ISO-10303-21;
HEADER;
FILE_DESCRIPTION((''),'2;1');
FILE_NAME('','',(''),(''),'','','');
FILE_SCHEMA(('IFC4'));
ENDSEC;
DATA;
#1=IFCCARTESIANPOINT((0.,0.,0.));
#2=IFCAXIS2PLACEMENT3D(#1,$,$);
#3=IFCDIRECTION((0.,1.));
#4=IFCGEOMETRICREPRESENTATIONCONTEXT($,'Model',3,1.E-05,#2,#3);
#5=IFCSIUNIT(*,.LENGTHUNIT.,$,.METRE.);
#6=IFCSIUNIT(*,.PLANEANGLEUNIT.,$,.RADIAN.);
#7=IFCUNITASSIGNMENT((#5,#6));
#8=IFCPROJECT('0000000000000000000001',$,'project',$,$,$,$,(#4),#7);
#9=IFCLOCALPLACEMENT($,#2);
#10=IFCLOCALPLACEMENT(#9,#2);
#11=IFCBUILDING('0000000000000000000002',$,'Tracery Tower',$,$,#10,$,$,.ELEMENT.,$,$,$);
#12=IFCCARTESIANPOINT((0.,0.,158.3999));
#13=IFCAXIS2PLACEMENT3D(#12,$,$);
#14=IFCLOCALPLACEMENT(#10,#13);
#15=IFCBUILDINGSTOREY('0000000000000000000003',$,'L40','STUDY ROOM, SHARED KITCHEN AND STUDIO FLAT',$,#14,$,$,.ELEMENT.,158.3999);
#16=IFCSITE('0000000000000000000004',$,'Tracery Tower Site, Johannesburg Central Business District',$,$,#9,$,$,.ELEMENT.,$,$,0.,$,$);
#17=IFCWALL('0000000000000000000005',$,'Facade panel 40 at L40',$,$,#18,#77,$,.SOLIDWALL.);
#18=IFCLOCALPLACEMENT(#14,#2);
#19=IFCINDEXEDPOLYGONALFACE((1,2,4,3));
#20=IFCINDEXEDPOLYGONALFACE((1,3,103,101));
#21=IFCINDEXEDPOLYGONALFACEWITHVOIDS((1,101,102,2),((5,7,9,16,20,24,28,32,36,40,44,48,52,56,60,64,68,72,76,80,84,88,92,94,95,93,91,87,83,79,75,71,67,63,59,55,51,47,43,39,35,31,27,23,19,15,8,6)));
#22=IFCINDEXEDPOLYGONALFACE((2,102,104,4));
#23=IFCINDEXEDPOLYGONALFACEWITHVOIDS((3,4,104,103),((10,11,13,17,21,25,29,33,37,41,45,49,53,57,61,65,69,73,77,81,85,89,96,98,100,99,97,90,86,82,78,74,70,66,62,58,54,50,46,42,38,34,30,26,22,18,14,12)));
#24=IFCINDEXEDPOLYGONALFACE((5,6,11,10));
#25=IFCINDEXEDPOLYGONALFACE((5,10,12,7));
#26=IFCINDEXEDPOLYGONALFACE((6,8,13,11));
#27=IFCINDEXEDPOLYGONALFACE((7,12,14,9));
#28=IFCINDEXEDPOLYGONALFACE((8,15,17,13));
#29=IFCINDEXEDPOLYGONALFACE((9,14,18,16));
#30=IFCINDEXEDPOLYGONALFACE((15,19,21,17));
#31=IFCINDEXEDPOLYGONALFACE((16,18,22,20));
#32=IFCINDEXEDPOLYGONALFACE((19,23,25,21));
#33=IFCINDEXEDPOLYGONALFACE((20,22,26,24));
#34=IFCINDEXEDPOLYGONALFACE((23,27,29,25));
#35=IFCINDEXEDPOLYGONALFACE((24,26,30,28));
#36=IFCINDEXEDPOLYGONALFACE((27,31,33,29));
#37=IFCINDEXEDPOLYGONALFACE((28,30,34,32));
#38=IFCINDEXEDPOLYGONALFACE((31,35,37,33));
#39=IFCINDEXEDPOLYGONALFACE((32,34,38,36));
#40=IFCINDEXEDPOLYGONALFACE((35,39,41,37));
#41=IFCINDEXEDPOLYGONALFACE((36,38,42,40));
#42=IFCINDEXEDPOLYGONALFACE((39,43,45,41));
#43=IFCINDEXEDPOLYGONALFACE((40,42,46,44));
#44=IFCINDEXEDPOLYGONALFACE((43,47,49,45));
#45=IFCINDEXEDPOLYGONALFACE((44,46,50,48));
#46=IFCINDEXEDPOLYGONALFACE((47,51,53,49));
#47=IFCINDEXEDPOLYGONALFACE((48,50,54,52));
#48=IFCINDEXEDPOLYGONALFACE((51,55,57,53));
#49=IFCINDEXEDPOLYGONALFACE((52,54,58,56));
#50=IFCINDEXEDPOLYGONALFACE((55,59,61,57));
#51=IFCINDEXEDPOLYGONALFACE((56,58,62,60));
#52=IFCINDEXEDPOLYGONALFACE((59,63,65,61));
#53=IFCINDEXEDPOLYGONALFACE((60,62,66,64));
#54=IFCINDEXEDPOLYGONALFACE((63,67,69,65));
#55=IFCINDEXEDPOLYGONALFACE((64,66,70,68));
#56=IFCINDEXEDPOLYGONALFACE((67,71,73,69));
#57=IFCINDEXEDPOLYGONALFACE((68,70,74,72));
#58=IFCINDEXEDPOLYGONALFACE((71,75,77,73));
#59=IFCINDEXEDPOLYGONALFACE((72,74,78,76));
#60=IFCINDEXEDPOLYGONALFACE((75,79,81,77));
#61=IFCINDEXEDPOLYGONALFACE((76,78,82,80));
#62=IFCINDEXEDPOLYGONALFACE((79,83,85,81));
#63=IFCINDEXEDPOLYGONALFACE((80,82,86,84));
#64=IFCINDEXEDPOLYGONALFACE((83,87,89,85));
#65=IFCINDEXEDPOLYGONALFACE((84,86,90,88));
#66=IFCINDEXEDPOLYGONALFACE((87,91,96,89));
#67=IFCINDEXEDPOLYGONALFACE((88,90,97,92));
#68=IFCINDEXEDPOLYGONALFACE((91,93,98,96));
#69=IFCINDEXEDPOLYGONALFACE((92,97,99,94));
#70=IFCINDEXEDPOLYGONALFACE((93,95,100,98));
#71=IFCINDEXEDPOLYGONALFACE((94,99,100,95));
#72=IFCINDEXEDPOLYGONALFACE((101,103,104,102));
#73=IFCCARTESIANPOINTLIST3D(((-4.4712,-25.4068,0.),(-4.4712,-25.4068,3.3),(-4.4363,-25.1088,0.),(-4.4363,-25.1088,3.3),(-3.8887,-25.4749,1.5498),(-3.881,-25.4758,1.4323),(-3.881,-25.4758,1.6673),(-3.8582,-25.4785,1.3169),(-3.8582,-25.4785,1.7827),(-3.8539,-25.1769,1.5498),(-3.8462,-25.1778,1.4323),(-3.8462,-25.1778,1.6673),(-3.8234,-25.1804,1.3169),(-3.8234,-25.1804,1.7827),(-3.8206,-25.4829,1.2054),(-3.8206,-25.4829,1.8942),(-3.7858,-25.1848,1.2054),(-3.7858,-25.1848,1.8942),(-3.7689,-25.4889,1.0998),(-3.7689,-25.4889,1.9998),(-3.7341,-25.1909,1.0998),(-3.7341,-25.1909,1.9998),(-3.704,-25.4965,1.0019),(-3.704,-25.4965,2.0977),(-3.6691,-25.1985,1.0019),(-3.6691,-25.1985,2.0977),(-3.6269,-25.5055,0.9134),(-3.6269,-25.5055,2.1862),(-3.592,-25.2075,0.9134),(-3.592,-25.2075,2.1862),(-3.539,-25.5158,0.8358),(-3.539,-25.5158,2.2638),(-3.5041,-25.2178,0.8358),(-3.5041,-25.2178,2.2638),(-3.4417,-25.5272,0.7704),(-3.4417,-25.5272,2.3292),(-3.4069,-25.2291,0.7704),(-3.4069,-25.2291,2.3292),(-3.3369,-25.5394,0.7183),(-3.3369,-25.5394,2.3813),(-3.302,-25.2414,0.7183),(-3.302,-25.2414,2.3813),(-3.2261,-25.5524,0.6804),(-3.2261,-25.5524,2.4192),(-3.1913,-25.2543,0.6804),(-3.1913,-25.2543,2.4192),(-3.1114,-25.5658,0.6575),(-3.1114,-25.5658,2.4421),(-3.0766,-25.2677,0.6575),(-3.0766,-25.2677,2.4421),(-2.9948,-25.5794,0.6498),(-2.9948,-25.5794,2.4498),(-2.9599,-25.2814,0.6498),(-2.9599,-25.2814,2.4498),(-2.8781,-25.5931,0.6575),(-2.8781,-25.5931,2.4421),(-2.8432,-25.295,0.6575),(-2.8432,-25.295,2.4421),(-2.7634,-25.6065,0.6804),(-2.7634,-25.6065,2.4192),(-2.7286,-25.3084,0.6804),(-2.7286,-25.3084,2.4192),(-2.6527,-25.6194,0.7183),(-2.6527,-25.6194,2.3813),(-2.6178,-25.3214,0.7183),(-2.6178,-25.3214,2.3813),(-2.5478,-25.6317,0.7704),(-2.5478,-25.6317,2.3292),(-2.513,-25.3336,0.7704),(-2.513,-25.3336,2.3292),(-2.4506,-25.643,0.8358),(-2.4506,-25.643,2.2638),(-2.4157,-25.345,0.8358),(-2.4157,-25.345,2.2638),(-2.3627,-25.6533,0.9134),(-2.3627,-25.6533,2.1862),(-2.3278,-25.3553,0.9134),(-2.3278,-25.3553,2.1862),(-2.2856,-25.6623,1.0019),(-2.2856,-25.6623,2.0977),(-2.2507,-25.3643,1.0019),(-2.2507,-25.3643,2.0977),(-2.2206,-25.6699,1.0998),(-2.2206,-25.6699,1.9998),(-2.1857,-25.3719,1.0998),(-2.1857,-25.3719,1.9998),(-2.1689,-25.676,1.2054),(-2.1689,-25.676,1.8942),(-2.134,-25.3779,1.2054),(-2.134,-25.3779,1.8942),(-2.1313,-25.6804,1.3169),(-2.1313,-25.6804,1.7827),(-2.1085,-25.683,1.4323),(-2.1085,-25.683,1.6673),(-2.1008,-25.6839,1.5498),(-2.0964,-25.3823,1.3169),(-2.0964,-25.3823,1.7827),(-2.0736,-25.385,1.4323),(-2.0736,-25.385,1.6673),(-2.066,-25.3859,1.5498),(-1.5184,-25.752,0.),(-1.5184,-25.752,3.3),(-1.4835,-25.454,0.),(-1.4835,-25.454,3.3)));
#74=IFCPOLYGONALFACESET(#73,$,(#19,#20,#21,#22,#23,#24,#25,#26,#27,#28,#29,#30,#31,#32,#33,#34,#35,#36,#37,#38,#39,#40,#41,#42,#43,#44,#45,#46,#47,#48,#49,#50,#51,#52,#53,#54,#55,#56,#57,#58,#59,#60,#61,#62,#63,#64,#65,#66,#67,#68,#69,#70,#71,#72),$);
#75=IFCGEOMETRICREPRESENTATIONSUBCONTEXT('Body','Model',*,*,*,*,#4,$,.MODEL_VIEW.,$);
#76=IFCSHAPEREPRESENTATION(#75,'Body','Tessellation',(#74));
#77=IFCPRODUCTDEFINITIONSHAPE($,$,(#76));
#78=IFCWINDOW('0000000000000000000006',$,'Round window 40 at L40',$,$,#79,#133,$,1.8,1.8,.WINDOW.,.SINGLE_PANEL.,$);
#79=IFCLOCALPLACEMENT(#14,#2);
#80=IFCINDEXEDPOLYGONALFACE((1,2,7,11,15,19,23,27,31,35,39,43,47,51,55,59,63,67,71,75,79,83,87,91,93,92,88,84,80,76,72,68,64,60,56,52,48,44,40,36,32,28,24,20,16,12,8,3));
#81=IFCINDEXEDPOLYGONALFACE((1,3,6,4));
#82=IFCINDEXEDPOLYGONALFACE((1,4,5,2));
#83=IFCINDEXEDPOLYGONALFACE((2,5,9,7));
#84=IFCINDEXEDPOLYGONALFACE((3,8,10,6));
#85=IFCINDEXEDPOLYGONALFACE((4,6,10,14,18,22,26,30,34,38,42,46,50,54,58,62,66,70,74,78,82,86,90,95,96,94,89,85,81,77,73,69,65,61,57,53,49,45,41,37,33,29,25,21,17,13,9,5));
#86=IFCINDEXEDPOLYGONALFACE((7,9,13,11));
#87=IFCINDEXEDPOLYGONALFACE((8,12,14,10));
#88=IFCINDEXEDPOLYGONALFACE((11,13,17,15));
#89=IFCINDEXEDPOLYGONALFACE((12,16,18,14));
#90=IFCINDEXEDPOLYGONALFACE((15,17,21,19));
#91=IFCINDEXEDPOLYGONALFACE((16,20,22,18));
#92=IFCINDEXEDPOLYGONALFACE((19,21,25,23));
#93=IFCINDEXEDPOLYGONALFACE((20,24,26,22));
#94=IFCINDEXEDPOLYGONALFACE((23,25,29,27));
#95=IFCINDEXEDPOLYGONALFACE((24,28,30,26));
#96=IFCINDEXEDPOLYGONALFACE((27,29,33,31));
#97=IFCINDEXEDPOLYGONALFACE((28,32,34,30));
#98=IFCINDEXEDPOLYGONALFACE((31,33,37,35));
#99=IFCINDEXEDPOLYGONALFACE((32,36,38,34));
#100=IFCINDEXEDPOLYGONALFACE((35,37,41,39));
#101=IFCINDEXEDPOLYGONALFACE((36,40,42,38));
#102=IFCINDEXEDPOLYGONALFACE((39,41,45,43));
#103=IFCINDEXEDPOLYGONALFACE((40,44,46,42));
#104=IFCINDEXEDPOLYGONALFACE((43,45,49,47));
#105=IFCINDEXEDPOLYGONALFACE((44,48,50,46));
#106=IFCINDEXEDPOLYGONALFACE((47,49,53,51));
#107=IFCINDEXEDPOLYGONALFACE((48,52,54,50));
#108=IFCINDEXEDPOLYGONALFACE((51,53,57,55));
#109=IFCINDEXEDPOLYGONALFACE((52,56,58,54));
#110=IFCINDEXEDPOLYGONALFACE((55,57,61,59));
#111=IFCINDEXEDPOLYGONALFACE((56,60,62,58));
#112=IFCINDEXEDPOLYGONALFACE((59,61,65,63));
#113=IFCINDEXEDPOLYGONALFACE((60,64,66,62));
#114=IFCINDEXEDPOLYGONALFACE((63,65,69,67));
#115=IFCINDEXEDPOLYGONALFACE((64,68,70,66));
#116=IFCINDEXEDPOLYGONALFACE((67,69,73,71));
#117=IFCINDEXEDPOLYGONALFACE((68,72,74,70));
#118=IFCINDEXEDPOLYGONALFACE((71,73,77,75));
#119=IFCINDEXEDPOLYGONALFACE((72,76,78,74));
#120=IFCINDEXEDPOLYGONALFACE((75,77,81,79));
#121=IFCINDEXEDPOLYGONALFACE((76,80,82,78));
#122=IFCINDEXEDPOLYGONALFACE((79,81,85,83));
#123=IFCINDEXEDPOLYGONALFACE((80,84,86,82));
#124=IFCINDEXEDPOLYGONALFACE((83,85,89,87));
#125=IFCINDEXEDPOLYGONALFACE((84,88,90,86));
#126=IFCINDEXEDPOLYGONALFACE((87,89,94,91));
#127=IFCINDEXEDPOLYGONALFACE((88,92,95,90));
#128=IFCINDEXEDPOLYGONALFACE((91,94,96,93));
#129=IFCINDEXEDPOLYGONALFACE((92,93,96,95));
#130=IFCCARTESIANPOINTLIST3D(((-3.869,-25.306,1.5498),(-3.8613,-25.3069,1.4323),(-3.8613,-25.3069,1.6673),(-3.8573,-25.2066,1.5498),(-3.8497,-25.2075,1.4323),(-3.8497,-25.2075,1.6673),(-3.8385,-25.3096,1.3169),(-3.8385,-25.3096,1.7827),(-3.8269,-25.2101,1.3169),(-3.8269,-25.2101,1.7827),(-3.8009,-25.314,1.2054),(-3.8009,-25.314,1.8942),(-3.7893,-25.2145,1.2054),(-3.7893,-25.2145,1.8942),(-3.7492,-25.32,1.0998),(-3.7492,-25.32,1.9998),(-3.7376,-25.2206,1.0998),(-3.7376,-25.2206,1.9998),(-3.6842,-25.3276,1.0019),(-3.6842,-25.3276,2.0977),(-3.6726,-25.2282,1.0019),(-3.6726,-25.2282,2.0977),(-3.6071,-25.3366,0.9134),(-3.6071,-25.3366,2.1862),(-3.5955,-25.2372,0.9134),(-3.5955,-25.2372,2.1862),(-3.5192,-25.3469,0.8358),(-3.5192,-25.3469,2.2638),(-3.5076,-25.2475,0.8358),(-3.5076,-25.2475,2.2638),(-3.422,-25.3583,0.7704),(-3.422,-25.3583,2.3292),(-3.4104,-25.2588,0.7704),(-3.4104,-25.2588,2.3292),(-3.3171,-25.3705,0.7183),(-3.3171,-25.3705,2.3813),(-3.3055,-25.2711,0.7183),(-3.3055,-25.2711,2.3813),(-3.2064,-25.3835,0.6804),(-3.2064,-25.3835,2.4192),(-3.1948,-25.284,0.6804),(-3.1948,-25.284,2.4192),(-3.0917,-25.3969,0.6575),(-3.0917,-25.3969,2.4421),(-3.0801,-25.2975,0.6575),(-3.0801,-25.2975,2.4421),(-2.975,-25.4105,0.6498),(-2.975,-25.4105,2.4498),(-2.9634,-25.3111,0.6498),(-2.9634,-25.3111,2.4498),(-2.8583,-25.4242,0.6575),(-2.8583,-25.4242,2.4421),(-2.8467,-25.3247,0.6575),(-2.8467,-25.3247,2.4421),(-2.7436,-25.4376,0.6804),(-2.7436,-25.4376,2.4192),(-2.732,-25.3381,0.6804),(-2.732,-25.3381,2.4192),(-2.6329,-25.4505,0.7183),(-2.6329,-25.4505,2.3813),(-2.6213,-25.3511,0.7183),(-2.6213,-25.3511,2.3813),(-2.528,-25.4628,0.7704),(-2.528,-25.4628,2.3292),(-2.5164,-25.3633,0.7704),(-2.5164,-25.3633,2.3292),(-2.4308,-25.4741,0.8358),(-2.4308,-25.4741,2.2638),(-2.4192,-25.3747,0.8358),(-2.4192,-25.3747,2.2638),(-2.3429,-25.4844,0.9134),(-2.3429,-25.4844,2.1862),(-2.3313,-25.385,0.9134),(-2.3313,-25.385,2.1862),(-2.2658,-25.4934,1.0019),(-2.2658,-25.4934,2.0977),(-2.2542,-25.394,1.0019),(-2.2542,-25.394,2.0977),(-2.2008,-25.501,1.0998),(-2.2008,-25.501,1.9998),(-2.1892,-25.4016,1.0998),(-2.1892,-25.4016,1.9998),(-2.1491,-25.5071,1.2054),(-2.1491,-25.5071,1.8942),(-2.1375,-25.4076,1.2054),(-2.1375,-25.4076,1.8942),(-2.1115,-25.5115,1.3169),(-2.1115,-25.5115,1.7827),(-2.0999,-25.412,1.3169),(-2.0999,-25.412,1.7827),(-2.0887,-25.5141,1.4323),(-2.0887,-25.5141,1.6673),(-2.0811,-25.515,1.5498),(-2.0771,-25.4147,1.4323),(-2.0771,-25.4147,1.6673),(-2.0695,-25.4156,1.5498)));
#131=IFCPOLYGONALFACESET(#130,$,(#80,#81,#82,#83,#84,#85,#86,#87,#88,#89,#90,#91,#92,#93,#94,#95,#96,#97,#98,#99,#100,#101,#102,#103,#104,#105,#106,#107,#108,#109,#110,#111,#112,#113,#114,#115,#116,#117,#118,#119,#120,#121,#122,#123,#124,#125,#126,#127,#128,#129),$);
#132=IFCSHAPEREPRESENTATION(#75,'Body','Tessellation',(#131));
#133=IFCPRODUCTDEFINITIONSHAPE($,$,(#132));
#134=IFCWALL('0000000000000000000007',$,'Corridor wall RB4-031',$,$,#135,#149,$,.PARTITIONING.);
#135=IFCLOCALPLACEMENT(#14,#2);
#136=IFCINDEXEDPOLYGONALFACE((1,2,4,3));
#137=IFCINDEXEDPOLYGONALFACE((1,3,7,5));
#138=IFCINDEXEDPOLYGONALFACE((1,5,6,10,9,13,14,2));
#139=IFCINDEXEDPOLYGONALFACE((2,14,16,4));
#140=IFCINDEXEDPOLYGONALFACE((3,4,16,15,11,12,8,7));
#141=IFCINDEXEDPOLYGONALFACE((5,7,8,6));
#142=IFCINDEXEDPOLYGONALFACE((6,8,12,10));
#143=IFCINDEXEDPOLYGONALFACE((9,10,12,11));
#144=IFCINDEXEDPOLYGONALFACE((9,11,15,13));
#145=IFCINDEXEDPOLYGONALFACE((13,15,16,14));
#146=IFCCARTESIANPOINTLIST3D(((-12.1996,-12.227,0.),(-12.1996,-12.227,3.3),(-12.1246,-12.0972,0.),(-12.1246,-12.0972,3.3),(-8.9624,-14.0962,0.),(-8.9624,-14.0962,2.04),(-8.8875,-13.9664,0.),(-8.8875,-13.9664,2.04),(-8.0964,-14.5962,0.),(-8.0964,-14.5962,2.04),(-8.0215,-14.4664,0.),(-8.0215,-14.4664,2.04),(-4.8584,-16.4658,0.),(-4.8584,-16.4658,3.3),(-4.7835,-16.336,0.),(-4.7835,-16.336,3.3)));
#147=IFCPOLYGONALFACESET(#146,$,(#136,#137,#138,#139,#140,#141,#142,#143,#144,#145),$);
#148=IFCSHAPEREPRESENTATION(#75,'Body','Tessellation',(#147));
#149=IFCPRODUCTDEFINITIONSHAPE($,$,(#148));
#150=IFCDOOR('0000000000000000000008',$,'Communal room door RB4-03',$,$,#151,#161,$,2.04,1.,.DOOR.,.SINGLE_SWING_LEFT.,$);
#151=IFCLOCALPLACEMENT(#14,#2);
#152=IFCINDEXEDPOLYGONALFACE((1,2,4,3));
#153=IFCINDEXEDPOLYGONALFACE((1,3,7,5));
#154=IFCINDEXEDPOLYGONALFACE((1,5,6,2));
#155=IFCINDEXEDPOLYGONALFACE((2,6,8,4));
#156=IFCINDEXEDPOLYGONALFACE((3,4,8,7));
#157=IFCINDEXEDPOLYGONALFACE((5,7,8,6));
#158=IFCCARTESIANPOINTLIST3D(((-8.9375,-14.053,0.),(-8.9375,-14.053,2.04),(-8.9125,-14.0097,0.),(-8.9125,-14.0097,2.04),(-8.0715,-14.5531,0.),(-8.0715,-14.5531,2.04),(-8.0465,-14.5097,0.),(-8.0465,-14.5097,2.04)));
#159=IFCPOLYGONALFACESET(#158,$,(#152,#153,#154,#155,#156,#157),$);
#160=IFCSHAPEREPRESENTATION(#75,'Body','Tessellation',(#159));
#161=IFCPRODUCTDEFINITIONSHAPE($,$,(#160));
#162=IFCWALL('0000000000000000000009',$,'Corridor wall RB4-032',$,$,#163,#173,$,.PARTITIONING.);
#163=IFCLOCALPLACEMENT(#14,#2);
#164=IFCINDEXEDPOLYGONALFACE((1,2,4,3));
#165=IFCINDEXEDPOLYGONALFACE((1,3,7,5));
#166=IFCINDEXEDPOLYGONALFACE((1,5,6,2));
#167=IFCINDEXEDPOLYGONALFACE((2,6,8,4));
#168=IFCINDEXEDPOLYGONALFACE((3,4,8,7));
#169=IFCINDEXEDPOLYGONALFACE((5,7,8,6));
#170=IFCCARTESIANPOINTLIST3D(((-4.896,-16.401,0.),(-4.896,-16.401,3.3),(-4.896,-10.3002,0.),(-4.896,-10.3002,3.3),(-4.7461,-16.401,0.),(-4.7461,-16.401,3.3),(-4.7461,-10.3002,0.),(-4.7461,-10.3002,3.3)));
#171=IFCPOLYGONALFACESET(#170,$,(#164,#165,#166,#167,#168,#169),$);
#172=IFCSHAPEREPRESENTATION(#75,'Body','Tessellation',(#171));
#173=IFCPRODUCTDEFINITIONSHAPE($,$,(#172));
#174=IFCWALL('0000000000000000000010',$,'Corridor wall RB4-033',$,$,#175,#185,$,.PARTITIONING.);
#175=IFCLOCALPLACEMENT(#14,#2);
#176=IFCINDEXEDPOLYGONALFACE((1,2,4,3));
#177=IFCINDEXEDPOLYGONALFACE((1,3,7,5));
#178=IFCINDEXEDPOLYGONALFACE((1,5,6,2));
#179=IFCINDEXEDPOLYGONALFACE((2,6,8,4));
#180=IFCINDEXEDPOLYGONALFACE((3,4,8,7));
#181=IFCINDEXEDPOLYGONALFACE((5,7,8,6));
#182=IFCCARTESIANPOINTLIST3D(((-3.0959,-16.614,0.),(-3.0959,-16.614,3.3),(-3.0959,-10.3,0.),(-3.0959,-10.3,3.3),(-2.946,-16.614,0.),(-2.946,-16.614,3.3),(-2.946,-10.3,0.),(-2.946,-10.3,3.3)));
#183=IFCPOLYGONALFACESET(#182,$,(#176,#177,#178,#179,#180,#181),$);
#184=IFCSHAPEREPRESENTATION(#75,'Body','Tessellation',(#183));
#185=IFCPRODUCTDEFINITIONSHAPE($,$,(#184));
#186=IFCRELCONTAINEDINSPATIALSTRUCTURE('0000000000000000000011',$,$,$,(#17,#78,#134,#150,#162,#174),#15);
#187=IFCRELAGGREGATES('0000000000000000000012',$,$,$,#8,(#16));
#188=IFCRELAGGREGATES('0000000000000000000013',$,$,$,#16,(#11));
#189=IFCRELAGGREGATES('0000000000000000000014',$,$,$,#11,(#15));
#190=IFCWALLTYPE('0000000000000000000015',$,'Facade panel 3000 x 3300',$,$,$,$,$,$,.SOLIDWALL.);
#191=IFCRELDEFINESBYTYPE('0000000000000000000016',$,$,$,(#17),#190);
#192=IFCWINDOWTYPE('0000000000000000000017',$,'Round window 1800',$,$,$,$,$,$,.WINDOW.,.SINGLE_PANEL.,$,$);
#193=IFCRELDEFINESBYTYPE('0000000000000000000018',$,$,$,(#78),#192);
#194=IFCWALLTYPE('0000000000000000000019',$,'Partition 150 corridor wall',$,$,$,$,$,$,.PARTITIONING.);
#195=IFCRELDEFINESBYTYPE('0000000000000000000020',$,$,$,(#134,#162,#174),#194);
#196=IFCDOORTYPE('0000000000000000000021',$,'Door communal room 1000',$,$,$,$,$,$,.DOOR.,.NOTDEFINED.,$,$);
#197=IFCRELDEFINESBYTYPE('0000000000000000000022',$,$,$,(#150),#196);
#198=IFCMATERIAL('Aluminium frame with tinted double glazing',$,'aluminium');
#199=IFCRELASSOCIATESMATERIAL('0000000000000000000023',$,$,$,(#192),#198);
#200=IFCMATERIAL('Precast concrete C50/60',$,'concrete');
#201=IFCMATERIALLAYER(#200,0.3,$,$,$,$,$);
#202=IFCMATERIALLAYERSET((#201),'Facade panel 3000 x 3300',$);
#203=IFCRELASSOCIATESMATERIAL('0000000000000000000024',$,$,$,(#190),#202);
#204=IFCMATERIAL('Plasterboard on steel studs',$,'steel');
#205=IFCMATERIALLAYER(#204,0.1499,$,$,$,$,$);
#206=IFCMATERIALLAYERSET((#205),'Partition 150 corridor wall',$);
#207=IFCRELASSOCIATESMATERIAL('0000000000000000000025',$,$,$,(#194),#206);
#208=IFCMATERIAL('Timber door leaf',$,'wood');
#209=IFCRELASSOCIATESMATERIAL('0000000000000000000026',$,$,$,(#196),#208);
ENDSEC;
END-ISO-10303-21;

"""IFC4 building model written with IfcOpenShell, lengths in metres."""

from ifc_helpers import new_model, si_unit, direction, frame, frame_2d, origin, origin_2d, place, context, subcontext, project, spatial, rectangle, circle, extrude, material, layer, layer_set, type_object, element, fill, save


model = new_model("IFC4")

# Units and contexts
model_context = context("Model", 3, precision=1e-05, world=origin(), true_north=direction((0.0, 1.0)))
body_context = subcontext(model_context, "Body", "Model", "MODEL_VIEW")
ifc_project = project(units=[si_unit("LENGTHUNIT", "METRE"), si_unit("PLANEANGLEUNIT", "RADIAN")], contexts=[model_context])

# Site, building, storey
site_placement = place(None, origin())
site = spatial("IfcSite", under=ifc_project, at=site_placement, Name="Tracery Tower Site, Johannesburg Central Business District", CompositionType="ELEMENT", RefElevation=0.0)
building_placement = place(site_placement, origin())
building = spatial("IfcBuilding", under=site, at=building_placement, Name="Tracery Tower", CompositionType="ELEMENT")
storey_placement = place(building_placement, frame((0.0, 0.0, 158.3999)))
storey = spatial("IfcBuildingStorey", under=building, at=storey_placement, Name="L40", Description="STUDY ROOM, SHARED KITCHEN AND STUDIO FLAT", CompositionType="ELEMENT", Elevation=158.3999)

# Wall, opening, window
ifc_material_1 = material(Name="Aluminium frame with tinted double glazing", Category="aluminium")
window_type = type_object("IfcWindowType", Name="Round window 1800", PartitioningType="SINGLE_PANEL", PredefinedType="WINDOW", material=ifc_material_1)
ifc_material_2 = material(Name="Precast concrete C50/60", Category="concrete")
ifc_layer_1 = layer(ifc_material_2, 0.3)
ifc_layer_set_1 = layer_set([ifc_layer_1], Name="Facade panel 3000 x 3300")
wall_type_1 = type_object("IfcWallType", Name="Facade panel 3000 x 3300", PredefinedType="SOLIDWALL", material=ifc_layer_set_1)
wall_1_placement = place(storey_placement, frame((-4.4536, -25.2578, 0.0), z_axis=(0.0, 0.0, 1.0), x_axis=(0.993236, -0.116117, 0.0)))
wall_1 = element("IfcWall", 1, at=wall_1_placement, inside=storey, type_object=wall_type_1, Name="Facade panel 40 at L40", PredefinedType="SOLIDWALL", context=body_context, shape_type="SweptSolid", body=[
    extrude(rectangle(XDim=2.9729, YDim=0.3, at=frame_2d((1.4863, 0.0))), origin(), (0.0, 0.0, 1.0), 3.3),
])
opening_1_placement = place(wall_1_placement, frame((1.4863, 0.0, 1.5498)))
opening_1 = element("IfcOpeningElement", 2, at=opening_1_placement, cuts=wall_1, PredefinedType="OPENING", context=body_context, shape_type="SweptSolid", body=[
    extrude(circle(Radius=0.9, at=origin_2d()), frame((0.0, 0.1599, 0.0), z_axis=(0.0, -1.0, 0.0), x_axis=(1.0, 0.0, 0.0)), (0.0, 0.0, 1.0), 0.3201),
])
window_1_placement = place(opening_1_placement, origin())
window_1 = element("IfcWindow", 3, at=window_1_placement, inside=storey, type_object=window_type, Name="Round window 40 at L40", OverallHeight=1.8, OverallWidth=1.8, PartitioningType="SINGLE_PANEL", PredefinedType="WINDOW", context=body_context, shape_type="SweptSolid", body=[
    extrude(circle(Radius=0.9, at=origin_2d()), frame((0.0, 0.1201, 0.0), z_axis=(0.0, -1.0, 0.0), x_axis=(1.0, 0.0, 0.0)), (0.0, 0.0, 1.0), 0.1001),
])
fill(opening_1, window_1)

# Wall, opening, door
ifc_material_3 = material(Name="Plasterboard on steel studs", Category="steel")
ifc_layer_2 = layer(ifc_material_3, 0.1499)
ifc_layer_set_2 = layer_set([ifc_layer_2], Name="Partition 150 corridor wall")
wall_type_2 = type_object("IfcWallType", Name="Partition 150 corridor wall", PredefinedType="PARTITIONING", material=ifc_layer_set_2)
wall_2_placement = place(storey_placement, frame((-12.1621, -12.1621, 0.0), z_axis=(0.0, 0.0, 1.0), x_axis=(0.866005, -0.500036, 0.0)))
wall_2 = element("IfcWall", 4, at=wall_2_placement, inside=storey, type_object=wall_type_2, Name="Corridor wall RB4-031", PredefinedType="PARTITIONING", context=body_context, shape_type="SweptSolid", body=[
    extrude(rectangle(XDim=8.4771, YDim=0.1499, at=frame_2d((4.2385, 0.0))), origin(), (0.0, 0.0, 1.0), 3.3),
])
opening_2_placement = place(wall_2_placement, frame((3.738, 0.0, 0.0)))
opening_2 = element("IfcOpeningElement", 5, at=opening_2_placement, cuts=wall_2, PredefinedType="OPENING", context=body_context, shape_type="SweptSolid", body=[
    extrude(rectangle(XDim=1.0, YDim=2.04, at=frame_2d((0.5, 1.02))), frame((0.0, 0.075, 0.0), z_axis=(0.0, -1.0, 0.0), x_axis=(1.0, 0.0, 0.0)), (0.0, 0.0, 1.0), 0.1499),
])
ifc_material_4 = material(Name="Timber door leaf", Category="wood")
door_type_1 = type_object("IfcDoorType", Name="Door communal room 1000", OperationType="NOTDEFINED", PredefinedType="DOOR", material=ifc_material_4)
door_1_placement = place(opening_2_placement, origin())
door_1 = element("IfcDoor", 6, at=door_1_placement, inside=storey, type_object=door_type_1, Name="Communal room door RB4-03", OperationType="SINGLE_SWING_LEFT", OverallHeight=2.04, OverallWidth=1.0, PredefinedType="DOOR", context=body_context, shape_type="SweptSolid", body=[
    extrude(rectangle(XDim=1.0, YDim=2.04, at=frame_2d((0.5, 1.02))), frame((0.0, 0.0249, 0.0), z_axis=(0.0, -1.0, 0.0), x_axis=(1.0, 0.0, 0.0)), (0.0, 0.0, 1.0), 0.05),
])
fill(opening_2, door_1)

# Walls
wall_3_placement = place(storey_placement, frame((-4.821, -16.4009, 0.0), z_axis=(0.0, 0.0, 1.0), x_axis=(0.0, 1.0, 0.0)))
element("IfcWall", 7, at=wall_3_placement, inside=storey, type_object=wall_type_2, Name="Corridor wall RB4-032", PredefinedType="PARTITIONING", context=body_context, shape_type="SweptSolid", body=[
    extrude(rectangle(XDim=6.1008, YDim=0.1499, at=frame_2d((3.0503, 0.0))), origin(), (0.0, 0.0, 1.0), 3.3),
])
wall_4_placement = place(storey_placement, frame((-3.021, -16.614, 0.0), z_axis=(0.0, 0.0, 1.0), x_axis=(0.0, 1.0, 0.0)))
element("IfcWall", 8, at=wall_4_placement, inside=storey, type_object=wall_type_2, Name="Corridor wall RB4-033", PredefinedType="PARTITIONING", context=body_context, shape_type="SweptSolid", body=[
    extrude(rectangle(XDim=6.314, YDim=0.1499, at=frame_2d((3.157, 0.0))), origin(), (0.0, 0.0, 1.0), 3.3),
])

save(model, "model.ifc")
